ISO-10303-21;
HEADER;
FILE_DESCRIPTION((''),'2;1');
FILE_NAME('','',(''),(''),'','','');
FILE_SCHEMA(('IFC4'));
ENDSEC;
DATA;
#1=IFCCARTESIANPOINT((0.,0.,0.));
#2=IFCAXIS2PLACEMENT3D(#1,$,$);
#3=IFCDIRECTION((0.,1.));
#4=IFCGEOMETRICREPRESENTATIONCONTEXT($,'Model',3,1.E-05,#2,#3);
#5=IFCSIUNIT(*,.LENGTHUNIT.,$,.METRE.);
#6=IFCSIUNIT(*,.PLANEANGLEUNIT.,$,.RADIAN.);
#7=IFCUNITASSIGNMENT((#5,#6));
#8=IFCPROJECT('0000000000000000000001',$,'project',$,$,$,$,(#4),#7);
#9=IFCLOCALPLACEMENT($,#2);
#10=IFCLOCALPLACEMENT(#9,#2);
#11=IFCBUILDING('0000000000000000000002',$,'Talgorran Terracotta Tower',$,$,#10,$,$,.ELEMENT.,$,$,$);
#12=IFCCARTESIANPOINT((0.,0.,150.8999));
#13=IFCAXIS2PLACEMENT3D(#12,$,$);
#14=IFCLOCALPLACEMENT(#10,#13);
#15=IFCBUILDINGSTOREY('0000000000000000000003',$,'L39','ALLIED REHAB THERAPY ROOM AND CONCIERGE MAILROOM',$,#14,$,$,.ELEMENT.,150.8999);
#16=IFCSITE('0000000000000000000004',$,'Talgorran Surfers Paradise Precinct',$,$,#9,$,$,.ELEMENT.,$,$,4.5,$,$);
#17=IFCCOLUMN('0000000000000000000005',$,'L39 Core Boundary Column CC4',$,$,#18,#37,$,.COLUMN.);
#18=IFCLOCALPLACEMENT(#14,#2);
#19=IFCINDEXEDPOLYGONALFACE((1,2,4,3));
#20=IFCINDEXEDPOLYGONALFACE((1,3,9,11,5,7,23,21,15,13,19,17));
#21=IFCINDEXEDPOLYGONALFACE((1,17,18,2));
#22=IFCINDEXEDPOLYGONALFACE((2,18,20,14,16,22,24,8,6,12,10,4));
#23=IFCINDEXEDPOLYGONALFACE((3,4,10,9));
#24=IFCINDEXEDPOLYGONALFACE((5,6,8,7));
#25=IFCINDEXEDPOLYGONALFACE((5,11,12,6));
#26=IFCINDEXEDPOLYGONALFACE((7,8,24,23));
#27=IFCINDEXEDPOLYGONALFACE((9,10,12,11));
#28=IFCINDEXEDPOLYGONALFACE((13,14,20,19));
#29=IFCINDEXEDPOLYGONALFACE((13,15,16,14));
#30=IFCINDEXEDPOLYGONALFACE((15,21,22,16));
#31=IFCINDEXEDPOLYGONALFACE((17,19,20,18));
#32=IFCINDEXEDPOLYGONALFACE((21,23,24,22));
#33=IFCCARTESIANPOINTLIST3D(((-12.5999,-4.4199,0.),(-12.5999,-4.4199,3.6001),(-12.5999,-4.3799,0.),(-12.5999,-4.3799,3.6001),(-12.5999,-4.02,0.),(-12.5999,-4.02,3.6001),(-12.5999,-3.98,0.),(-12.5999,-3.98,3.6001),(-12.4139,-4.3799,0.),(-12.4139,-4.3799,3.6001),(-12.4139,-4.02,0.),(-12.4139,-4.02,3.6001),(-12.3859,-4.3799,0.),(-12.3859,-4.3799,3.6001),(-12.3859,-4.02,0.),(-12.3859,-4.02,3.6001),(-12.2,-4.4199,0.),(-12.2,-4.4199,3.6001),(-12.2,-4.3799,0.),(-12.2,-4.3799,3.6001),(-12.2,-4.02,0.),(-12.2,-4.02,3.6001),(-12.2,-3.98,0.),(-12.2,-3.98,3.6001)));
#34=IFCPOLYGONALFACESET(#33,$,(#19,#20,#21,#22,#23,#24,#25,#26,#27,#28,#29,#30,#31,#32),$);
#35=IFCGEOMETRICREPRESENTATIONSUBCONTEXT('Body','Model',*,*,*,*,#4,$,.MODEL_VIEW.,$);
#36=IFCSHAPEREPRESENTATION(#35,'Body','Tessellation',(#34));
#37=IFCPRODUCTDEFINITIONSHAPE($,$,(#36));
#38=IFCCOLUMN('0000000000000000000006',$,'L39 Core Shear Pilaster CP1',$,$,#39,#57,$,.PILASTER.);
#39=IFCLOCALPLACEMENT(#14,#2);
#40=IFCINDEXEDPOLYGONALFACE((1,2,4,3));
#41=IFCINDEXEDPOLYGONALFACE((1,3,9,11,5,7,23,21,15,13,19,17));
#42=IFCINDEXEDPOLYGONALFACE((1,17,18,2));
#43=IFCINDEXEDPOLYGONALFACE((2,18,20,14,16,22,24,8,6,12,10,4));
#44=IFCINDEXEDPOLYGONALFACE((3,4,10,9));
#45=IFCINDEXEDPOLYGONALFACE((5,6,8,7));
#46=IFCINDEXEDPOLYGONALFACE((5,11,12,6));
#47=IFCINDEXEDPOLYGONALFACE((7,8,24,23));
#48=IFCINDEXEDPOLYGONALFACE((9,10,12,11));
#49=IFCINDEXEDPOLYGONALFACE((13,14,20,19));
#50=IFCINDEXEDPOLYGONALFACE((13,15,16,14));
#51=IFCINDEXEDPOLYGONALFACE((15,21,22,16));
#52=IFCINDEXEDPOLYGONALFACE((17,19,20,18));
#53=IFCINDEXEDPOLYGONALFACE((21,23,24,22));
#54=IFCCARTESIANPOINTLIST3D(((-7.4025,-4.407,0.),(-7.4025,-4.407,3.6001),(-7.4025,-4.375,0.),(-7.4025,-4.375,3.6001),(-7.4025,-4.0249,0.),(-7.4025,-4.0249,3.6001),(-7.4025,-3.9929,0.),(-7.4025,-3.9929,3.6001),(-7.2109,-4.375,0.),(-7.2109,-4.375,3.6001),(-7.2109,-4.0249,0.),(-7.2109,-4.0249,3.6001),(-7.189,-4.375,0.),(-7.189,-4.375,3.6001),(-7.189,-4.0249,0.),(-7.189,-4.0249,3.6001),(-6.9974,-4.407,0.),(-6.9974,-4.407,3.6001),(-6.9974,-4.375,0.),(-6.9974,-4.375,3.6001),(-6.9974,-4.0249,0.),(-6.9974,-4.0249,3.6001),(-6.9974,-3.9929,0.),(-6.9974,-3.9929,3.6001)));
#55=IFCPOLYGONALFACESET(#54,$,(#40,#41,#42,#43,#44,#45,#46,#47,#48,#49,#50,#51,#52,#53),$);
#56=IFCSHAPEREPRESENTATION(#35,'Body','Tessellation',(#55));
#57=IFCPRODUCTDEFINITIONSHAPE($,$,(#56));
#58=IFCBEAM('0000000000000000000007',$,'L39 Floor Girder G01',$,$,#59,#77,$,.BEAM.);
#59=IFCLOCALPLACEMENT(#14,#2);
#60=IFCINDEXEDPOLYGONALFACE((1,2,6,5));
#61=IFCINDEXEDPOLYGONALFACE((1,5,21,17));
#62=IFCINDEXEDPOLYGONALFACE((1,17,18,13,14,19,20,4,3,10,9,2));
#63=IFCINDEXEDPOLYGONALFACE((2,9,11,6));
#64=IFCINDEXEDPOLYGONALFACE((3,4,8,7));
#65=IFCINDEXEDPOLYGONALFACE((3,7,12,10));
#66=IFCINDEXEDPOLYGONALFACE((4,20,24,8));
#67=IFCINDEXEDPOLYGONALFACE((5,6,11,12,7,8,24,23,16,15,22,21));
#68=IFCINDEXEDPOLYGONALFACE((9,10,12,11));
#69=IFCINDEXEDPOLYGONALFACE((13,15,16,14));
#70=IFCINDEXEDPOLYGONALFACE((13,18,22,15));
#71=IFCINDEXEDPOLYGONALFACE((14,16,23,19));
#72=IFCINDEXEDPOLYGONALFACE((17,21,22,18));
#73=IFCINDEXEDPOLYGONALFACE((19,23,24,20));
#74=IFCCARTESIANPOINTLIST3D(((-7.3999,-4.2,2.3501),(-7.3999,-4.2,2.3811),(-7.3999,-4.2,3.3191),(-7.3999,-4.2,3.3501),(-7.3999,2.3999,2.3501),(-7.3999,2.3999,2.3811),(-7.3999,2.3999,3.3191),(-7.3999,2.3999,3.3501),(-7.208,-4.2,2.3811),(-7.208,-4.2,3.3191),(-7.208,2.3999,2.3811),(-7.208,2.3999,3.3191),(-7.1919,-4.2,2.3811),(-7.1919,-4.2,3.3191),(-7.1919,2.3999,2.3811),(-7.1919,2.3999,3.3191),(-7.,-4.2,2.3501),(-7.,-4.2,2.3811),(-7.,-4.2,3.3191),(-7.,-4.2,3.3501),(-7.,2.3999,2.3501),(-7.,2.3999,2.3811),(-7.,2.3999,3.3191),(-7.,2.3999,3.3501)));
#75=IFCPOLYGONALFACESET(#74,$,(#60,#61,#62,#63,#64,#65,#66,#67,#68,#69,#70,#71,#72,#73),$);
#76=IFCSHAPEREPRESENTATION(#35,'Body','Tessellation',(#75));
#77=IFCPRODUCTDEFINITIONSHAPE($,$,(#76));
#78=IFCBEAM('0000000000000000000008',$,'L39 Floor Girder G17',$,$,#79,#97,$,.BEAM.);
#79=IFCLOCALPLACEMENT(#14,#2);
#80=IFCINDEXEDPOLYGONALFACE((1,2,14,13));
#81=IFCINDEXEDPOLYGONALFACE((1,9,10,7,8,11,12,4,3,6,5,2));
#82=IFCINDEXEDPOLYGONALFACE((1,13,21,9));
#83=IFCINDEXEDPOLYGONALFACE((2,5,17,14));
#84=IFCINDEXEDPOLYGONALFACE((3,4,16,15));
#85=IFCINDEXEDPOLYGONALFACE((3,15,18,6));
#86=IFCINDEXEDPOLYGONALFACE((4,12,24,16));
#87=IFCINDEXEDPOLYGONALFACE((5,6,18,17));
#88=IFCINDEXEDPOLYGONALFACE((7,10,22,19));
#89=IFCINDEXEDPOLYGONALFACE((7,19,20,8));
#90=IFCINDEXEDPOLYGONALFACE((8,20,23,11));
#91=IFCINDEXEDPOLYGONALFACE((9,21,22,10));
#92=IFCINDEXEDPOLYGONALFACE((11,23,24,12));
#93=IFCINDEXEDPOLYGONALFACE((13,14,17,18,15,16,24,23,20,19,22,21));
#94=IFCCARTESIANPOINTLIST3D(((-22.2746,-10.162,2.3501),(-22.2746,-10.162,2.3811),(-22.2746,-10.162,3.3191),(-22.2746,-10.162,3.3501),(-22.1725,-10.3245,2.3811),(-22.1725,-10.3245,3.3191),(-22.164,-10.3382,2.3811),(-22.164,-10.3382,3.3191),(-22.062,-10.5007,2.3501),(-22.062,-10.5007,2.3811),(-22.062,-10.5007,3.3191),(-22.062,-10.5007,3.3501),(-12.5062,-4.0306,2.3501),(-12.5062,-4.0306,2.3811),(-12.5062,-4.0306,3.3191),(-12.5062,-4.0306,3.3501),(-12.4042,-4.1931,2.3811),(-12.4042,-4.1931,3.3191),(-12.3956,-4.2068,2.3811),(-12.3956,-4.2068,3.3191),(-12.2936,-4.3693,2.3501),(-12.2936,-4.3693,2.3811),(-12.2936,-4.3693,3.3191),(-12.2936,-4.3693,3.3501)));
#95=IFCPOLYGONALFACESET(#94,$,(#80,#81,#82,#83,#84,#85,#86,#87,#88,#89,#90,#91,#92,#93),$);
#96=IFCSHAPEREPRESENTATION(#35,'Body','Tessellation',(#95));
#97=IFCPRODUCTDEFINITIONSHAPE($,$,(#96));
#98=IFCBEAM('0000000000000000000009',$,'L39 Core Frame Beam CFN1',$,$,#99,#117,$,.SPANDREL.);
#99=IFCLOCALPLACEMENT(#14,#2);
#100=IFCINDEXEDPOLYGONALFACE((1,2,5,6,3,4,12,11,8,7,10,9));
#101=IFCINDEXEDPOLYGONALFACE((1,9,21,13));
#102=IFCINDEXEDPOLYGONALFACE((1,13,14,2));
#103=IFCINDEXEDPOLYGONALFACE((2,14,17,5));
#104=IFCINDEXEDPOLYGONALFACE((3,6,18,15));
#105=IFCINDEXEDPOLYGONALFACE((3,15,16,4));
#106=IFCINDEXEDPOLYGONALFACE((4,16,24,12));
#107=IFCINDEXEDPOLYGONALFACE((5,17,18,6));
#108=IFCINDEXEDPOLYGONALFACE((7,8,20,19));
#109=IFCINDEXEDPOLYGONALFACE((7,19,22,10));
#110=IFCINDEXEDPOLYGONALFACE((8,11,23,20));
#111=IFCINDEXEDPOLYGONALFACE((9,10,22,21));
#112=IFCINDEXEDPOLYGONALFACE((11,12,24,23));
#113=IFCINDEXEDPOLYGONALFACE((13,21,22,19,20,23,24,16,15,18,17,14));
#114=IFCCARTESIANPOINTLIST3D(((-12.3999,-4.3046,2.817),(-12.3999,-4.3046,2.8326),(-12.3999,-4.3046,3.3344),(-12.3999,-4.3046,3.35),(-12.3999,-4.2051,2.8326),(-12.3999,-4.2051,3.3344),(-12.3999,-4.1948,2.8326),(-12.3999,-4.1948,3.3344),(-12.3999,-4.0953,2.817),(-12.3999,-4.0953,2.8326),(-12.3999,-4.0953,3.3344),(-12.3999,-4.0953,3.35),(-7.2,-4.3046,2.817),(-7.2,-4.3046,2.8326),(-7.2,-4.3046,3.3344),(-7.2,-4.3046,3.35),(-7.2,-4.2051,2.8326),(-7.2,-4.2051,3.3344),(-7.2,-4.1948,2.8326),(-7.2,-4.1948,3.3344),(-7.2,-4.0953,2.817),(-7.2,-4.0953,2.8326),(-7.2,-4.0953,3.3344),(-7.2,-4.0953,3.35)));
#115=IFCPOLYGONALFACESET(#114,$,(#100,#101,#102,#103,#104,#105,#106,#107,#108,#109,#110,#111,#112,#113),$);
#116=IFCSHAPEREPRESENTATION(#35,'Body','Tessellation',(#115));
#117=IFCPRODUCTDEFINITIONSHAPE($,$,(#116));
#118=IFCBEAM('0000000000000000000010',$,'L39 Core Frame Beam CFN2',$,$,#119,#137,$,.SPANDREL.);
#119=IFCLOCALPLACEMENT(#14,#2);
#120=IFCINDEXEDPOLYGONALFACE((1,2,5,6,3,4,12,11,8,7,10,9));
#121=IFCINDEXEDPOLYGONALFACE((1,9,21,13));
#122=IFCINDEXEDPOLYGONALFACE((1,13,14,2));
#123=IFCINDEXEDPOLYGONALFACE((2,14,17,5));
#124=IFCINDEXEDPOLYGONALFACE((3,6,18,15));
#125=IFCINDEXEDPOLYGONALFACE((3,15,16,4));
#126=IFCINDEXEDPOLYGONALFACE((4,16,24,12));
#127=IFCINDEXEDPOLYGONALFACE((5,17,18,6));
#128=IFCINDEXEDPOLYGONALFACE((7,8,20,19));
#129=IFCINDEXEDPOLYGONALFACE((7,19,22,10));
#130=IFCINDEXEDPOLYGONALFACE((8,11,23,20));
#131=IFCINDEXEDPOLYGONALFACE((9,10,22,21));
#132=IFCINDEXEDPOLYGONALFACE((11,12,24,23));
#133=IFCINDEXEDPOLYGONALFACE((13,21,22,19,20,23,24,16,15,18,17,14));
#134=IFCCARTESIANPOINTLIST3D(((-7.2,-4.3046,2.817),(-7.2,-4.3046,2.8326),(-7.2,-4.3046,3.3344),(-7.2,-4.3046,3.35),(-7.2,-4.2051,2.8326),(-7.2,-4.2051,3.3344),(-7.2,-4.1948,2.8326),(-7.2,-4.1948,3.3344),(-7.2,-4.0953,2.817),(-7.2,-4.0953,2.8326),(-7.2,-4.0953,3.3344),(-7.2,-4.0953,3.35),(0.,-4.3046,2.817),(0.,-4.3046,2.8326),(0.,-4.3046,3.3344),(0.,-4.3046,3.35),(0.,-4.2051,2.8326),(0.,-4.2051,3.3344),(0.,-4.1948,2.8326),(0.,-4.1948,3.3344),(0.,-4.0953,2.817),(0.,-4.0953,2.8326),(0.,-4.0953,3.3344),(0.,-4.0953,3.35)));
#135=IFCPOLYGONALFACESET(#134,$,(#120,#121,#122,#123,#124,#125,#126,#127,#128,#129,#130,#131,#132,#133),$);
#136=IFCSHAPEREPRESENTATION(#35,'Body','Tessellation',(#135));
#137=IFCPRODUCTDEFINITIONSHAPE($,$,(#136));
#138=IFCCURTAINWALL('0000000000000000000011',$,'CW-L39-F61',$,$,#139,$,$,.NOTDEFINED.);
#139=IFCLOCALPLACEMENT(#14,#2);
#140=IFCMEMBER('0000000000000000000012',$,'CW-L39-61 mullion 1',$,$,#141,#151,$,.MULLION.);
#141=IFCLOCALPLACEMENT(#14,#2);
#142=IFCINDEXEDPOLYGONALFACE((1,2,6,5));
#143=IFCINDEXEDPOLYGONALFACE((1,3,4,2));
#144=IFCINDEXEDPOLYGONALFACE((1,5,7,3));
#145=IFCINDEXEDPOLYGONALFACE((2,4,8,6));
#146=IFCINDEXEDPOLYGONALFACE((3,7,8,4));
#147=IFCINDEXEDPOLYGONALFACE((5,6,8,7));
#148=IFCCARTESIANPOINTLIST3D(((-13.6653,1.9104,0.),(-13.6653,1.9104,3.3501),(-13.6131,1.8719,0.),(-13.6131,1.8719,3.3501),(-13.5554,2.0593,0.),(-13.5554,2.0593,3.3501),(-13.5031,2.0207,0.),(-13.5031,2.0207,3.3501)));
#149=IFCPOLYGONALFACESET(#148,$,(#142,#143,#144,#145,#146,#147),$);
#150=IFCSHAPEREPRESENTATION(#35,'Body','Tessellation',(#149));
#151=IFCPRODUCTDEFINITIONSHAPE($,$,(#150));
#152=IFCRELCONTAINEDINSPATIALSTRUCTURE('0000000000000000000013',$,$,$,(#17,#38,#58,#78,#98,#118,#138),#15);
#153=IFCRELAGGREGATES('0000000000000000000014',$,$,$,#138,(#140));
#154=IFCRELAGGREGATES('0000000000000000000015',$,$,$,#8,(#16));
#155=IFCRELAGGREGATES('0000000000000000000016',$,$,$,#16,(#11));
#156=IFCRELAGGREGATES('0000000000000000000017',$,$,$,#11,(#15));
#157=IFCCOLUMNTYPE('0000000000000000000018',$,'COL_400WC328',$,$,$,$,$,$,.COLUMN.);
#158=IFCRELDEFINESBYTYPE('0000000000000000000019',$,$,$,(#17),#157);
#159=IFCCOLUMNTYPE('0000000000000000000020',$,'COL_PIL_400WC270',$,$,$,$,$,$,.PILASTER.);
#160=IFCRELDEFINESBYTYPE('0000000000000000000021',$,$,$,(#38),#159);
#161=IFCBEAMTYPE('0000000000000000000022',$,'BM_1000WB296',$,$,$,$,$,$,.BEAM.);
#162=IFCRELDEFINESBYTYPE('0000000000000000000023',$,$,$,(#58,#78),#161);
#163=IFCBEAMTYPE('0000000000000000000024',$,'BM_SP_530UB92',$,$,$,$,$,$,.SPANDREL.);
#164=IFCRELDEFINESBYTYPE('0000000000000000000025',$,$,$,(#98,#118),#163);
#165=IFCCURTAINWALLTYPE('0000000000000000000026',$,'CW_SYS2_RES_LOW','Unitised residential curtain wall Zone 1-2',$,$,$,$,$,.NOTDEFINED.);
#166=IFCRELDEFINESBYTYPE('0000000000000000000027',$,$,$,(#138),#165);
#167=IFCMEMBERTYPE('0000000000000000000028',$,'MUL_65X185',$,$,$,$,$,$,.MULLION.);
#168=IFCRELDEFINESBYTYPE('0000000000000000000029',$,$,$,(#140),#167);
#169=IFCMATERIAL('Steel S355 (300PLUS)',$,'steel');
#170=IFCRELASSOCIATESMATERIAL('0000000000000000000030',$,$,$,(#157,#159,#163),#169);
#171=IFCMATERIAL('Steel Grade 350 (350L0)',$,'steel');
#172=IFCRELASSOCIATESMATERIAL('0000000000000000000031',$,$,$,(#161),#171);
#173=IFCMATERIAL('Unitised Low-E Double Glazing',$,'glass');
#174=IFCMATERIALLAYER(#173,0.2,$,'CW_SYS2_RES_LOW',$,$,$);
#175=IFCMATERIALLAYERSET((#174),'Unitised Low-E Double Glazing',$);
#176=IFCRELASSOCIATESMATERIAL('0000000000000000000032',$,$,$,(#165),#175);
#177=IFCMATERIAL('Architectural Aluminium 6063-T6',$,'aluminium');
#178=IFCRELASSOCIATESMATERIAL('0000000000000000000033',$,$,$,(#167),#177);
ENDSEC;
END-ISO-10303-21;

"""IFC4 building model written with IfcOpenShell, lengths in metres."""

from ifc_helpers import new_model, si_unit, direction, frame, origin, origin_2d, place, context, subcontext, project, spatial, rectangle, i_section, extrude, material, layer, layer_set, material_profile, profile_set, type_object, element, aggregate, save


model = new_model("IFC4")

# Units and contexts
model_context = context("Model", 3, precision=1e-05, world=origin(), true_north=direction((0.0, 1.0)))
body_context = subcontext(model_context, "Body", "Model", "MODEL_VIEW")
ifc_project = project(units=[si_unit("LENGTHUNIT", "METRE"), si_unit("PLANEANGLEUNIT", "RADIAN")], contexts=[model_context])

# Site, building, storey
site_placement = place(None, origin())
site = spatial("IfcSite", under=ifc_project, at=site_placement, Name="Talgorran Surfers Paradise Precinct", CompositionType="ELEMENT", RefElevation=4.5)
building_placement = place(site_placement, origin())
building = spatial("IfcBuilding", under=site, at=building_placement, Name="Talgorran Terracotta Tower", CompositionType="ELEMENT")
storey_placement = place(building_placement, frame((0.0, 0.0, 150.8999)))
storey = spatial("IfcBuildingStorey", under=building, at=storey_placement, Name="L39", Description="ALLIED REHAB THERAPY ROOM AND CONCIERGE MAILROOM", CompositionType="ELEMENT", Elevation=150.8999)

# Columns
ifc_material_1 = material(Name="Steel S355 (300PLUS)", Category="steel")
ifc_material_profile_1 = material_profile(ifc_material_1, i_section(OverallWidth=0.3999, OverallDepth=0.4399, WebThickness=0.0281, FlangeThickness=0.04, at=origin_2d()), Name="400WC328")
ifc_profile_set_1 = profile_set([ifc_material_profile_1], Name="Steel S355 (300PLUS)")
column_type_1 = type_object("IfcColumnType", Name="COL_400WC328", PredefinedType="COLUMN", material=ifc_profile_set_1)
column_1_placement = place(storey_placement, frame((-12.3999, -4.2, 0.0), z_axis=(0.0, 0.0, 1.0), x_axis=(1.0, 0.0, 0.0)))
element("IfcColumn", 1, at=column_1_placement, inside=storey, type_object=column_type_1, Name="L39 Core Boundary Column CC4", PredefinedType="COLUMN", context=body_context, shape_type="SweptSolid", body=[
    extrude(i_section(OverallWidth=0.3999, OverallDepth=0.4399, WebThickness=0.0281, FlangeThickness=0.04, at=origin_2d()), origin(), (0.0, 0.0, 1.0), 3.6001),
])
ifc_material_profile_2 = material_profile(ifc_material_1, i_section(OverallWidth=0.405, OverallDepth=0.4141, WebThickness=0.022, FlangeThickness=0.032, at=origin_2d()), Name="400WC270")
ifc_profile_set_2 = profile_set([ifc_material_profile_2], Name="Steel S355 (300PLUS)")
column_type_2 = type_object("IfcColumnType", Name="COL_PIL_400WC270", PredefinedType="PILASTER", material=ifc_profile_set_2)
column_2_placement = place(storey_placement, frame((-7.2, -4.2, 0.0), z_axis=(0.0, 0.0, 1.0), x_axis=(1.0, 0.0, 0.0)))
element("IfcColumn", 2, at=column_2_placement, inside=storey, type_object=column_type_2, Name="L39 Core Shear Pilaster CP1", PredefinedType="PILASTER", context=body_context, shape_type="SweptSolid", body=[
    extrude(i_section(OverallWidth=0.405, OverallDepth=0.4141, WebThickness=0.022, FlangeThickness=0.032, at=origin_2d()), origin(), (0.0, 0.0, 1.0), 3.6001),
])

# Beams
ifc_material_2 = material(Name="Steel Grade 350 (350L0)", Category="steel")
ifc_material_profile_3 = material_profile(ifc_material_2, i_section(OverallWidth=0.3999, OverallDepth=1.0, WebThickness=0.0161, FlangeThickness=0.031, at=origin_2d()), Name="1000WB296")
ifc_profile_set_3 = profile_set([ifc_material_profile_3], Name="Steel Grade 350 (350L0)")
beam_type_1 = type_object("IfcBeamType", Name="BM_1000WB296", PredefinedType="BEAM", material=ifc_profile_set_3)
beam_1_placement = place(storey_placement, frame((-7.2, -4.2, 2.8501), z_axis=(0.0, 1.0, 0.0), x_axis=(-1.0, 0.0, 0.0)))
element("IfcBeam", 3, at=beam_1_placement, inside=storey, type_object=beam_type_1, Name="L39 Floor Girder G01", PredefinedType="BEAM", context=body_context, shape_type="SweptSolid", body=[
    extrude(i_section(OverallWidth=0.3999, OverallDepth=1.0, WebThickness=0.0161, FlangeThickness=0.031, at=origin_2d()), origin(), (0.0, 0.0, 1.0), 6.5999),
])
beam_2_placement = place(storey_placement, frame((-12.3999, -4.2, 2.8501), z_axis=(-0.846978, -0.531629, 0.0), x_axis=(0.531629, -0.846978, 0.0)))
element("IfcBeam", 4, at=beam_2_placement, inside=storey, type_object=beam_type_1, Name="L39 Floor Girder G17", PredefinedType="BEAM", context=body_context, shape_type="SweptSolid", body=[
    extrude(i_section(OverallWidth=0.3999, OverallDepth=1.0, WebThickness=0.0161, FlangeThickness=0.031, at=origin_2d()), origin(), (0.0, 0.0, 1.0), 11.5332),
])
ifc_material_profile_4 = material_profile(ifc_material_1, i_section(OverallWidth=0.2092, OverallDepth=0.533, WebThickness=0.0103, FlangeThickness=0.0156, at=origin_2d()), Name="530UB92.4")
ifc_profile_set_4 = profile_set([ifc_material_profile_4], Name="Steel S355 (300PLUS)")
beam_type_2 = type_object("IfcBeamType", Name="BM_SP_530UB92", PredefinedType="SPANDREL", material=ifc_profile_set_4)
beam_3_placement = place(storey_placement, frame((-12.3999, -4.2, 3.0835), z_axis=(1.0, 0.0, 0.0), x_axis=(0.0, 1.0, 0.0)))
element("IfcBeam", 5, at=beam_3_placement, inside=storey, type_object=beam_type_2, Name="L39 Core Frame Beam CFN1", PredefinedType="SPANDREL", context=body_context, shape_type="SweptSolid", body=[
    extrude(i_section(OverallWidth=0.2092, OverallDepth=0.533, WebThickness=0.0103, FlangeThickness=0.0156, at=origin_2d()), origin(), (0.0, 0.0, 1.0), 5.2),
])
beam_4_placement = place(storey_placement, frame((-7.2, -4.2, 3.0835), z_axis=(1.0, 0.0, 0.0), x_axis=(0.0, 1.0, 0.0)))
element("IfcBeam", 6, at=beam_4_placement, inside=storey, type_object=beam_type_2, Name="L39 Core Frame Beam CFN2", PredefinedType="SPANDREL", context=body_context, shape_type="SweptSolid", body=[
    extrude(i_section(OverallWidth=0.2092, OverallDepth=0.533, WebThickness=0.0103, FlangeThickness=0.0156, at=origin_2d()), origin(), (0.0, 0.0, 1.0), 7.2),
])

# Curtain wall, member
ifc_material_3 = material(Name="Unitised Low-E Double Glazing", Category="glass")
ifc_layer_1 = layer(ifc_material_3, 0.2, Name="CW_SYS2_RES_LOW")
ifc_layer_set_1 = layer_set([ifc_layer_1], Name="Unitised Low-E Double Glazing")
curtain_wall_type = type_object("IfcCurtainWallType", Name="CW_SYS2_RES_LOW", Description="Unitised residential curtain wall Zone 1-2", PredefinedType="NOTDEFINED", material=ifc_layer_set_1)
curtain_wall_placement = place(storey_placement, origin())
curtain_wall = element("IfcCurtainWall", 7, at=curtain_wall_placement, inside=storey, type_object=curtain_wall_type, Name="CW-L39-F61", PredefinedType="NOTDEFINED")
ifc_material_4 = material(Name="Architectural Aluminium 6063-T6", Category="aluminium")
ifc_material_profile_5 = material_profile(ifc_material_4, rectangle(XDim=0.0649, YDim=0.1851, at=origin_2d()), Name="CWM65X185")
ifc_profile_set_5 = profile_set([ifc_material_profile_5], Name="Architectural Aluminium 6063-T6")
member_type = type_object("IfcMemberType", Name="MUL_65X185", PredefinedType="MULLION", material=ifc_profile_set_5)
member_placement = place(storey_placement, frame((-13.5842, 1.9656, 0.0), z_axis=(0.0, 0.0, 1.0), x_axis=(0.804407, -0.594079, 0.0)))
member = element("IfcMember", 8, at=member_placement, type_object=member_type, Name="CW-L39-61 mullion 1", PredefinedType="MULLION", context=body_context, shape_type="SweptSolid", body=[
    extrude(rectangle(XDim=0.0649, YDim=0.1851, at=origin_2d()), origin(), (0.0, 0.0, 1.0), 3.3501),
])
aggregate(curtain_wall, [member])

save(model, "model.ifc")
